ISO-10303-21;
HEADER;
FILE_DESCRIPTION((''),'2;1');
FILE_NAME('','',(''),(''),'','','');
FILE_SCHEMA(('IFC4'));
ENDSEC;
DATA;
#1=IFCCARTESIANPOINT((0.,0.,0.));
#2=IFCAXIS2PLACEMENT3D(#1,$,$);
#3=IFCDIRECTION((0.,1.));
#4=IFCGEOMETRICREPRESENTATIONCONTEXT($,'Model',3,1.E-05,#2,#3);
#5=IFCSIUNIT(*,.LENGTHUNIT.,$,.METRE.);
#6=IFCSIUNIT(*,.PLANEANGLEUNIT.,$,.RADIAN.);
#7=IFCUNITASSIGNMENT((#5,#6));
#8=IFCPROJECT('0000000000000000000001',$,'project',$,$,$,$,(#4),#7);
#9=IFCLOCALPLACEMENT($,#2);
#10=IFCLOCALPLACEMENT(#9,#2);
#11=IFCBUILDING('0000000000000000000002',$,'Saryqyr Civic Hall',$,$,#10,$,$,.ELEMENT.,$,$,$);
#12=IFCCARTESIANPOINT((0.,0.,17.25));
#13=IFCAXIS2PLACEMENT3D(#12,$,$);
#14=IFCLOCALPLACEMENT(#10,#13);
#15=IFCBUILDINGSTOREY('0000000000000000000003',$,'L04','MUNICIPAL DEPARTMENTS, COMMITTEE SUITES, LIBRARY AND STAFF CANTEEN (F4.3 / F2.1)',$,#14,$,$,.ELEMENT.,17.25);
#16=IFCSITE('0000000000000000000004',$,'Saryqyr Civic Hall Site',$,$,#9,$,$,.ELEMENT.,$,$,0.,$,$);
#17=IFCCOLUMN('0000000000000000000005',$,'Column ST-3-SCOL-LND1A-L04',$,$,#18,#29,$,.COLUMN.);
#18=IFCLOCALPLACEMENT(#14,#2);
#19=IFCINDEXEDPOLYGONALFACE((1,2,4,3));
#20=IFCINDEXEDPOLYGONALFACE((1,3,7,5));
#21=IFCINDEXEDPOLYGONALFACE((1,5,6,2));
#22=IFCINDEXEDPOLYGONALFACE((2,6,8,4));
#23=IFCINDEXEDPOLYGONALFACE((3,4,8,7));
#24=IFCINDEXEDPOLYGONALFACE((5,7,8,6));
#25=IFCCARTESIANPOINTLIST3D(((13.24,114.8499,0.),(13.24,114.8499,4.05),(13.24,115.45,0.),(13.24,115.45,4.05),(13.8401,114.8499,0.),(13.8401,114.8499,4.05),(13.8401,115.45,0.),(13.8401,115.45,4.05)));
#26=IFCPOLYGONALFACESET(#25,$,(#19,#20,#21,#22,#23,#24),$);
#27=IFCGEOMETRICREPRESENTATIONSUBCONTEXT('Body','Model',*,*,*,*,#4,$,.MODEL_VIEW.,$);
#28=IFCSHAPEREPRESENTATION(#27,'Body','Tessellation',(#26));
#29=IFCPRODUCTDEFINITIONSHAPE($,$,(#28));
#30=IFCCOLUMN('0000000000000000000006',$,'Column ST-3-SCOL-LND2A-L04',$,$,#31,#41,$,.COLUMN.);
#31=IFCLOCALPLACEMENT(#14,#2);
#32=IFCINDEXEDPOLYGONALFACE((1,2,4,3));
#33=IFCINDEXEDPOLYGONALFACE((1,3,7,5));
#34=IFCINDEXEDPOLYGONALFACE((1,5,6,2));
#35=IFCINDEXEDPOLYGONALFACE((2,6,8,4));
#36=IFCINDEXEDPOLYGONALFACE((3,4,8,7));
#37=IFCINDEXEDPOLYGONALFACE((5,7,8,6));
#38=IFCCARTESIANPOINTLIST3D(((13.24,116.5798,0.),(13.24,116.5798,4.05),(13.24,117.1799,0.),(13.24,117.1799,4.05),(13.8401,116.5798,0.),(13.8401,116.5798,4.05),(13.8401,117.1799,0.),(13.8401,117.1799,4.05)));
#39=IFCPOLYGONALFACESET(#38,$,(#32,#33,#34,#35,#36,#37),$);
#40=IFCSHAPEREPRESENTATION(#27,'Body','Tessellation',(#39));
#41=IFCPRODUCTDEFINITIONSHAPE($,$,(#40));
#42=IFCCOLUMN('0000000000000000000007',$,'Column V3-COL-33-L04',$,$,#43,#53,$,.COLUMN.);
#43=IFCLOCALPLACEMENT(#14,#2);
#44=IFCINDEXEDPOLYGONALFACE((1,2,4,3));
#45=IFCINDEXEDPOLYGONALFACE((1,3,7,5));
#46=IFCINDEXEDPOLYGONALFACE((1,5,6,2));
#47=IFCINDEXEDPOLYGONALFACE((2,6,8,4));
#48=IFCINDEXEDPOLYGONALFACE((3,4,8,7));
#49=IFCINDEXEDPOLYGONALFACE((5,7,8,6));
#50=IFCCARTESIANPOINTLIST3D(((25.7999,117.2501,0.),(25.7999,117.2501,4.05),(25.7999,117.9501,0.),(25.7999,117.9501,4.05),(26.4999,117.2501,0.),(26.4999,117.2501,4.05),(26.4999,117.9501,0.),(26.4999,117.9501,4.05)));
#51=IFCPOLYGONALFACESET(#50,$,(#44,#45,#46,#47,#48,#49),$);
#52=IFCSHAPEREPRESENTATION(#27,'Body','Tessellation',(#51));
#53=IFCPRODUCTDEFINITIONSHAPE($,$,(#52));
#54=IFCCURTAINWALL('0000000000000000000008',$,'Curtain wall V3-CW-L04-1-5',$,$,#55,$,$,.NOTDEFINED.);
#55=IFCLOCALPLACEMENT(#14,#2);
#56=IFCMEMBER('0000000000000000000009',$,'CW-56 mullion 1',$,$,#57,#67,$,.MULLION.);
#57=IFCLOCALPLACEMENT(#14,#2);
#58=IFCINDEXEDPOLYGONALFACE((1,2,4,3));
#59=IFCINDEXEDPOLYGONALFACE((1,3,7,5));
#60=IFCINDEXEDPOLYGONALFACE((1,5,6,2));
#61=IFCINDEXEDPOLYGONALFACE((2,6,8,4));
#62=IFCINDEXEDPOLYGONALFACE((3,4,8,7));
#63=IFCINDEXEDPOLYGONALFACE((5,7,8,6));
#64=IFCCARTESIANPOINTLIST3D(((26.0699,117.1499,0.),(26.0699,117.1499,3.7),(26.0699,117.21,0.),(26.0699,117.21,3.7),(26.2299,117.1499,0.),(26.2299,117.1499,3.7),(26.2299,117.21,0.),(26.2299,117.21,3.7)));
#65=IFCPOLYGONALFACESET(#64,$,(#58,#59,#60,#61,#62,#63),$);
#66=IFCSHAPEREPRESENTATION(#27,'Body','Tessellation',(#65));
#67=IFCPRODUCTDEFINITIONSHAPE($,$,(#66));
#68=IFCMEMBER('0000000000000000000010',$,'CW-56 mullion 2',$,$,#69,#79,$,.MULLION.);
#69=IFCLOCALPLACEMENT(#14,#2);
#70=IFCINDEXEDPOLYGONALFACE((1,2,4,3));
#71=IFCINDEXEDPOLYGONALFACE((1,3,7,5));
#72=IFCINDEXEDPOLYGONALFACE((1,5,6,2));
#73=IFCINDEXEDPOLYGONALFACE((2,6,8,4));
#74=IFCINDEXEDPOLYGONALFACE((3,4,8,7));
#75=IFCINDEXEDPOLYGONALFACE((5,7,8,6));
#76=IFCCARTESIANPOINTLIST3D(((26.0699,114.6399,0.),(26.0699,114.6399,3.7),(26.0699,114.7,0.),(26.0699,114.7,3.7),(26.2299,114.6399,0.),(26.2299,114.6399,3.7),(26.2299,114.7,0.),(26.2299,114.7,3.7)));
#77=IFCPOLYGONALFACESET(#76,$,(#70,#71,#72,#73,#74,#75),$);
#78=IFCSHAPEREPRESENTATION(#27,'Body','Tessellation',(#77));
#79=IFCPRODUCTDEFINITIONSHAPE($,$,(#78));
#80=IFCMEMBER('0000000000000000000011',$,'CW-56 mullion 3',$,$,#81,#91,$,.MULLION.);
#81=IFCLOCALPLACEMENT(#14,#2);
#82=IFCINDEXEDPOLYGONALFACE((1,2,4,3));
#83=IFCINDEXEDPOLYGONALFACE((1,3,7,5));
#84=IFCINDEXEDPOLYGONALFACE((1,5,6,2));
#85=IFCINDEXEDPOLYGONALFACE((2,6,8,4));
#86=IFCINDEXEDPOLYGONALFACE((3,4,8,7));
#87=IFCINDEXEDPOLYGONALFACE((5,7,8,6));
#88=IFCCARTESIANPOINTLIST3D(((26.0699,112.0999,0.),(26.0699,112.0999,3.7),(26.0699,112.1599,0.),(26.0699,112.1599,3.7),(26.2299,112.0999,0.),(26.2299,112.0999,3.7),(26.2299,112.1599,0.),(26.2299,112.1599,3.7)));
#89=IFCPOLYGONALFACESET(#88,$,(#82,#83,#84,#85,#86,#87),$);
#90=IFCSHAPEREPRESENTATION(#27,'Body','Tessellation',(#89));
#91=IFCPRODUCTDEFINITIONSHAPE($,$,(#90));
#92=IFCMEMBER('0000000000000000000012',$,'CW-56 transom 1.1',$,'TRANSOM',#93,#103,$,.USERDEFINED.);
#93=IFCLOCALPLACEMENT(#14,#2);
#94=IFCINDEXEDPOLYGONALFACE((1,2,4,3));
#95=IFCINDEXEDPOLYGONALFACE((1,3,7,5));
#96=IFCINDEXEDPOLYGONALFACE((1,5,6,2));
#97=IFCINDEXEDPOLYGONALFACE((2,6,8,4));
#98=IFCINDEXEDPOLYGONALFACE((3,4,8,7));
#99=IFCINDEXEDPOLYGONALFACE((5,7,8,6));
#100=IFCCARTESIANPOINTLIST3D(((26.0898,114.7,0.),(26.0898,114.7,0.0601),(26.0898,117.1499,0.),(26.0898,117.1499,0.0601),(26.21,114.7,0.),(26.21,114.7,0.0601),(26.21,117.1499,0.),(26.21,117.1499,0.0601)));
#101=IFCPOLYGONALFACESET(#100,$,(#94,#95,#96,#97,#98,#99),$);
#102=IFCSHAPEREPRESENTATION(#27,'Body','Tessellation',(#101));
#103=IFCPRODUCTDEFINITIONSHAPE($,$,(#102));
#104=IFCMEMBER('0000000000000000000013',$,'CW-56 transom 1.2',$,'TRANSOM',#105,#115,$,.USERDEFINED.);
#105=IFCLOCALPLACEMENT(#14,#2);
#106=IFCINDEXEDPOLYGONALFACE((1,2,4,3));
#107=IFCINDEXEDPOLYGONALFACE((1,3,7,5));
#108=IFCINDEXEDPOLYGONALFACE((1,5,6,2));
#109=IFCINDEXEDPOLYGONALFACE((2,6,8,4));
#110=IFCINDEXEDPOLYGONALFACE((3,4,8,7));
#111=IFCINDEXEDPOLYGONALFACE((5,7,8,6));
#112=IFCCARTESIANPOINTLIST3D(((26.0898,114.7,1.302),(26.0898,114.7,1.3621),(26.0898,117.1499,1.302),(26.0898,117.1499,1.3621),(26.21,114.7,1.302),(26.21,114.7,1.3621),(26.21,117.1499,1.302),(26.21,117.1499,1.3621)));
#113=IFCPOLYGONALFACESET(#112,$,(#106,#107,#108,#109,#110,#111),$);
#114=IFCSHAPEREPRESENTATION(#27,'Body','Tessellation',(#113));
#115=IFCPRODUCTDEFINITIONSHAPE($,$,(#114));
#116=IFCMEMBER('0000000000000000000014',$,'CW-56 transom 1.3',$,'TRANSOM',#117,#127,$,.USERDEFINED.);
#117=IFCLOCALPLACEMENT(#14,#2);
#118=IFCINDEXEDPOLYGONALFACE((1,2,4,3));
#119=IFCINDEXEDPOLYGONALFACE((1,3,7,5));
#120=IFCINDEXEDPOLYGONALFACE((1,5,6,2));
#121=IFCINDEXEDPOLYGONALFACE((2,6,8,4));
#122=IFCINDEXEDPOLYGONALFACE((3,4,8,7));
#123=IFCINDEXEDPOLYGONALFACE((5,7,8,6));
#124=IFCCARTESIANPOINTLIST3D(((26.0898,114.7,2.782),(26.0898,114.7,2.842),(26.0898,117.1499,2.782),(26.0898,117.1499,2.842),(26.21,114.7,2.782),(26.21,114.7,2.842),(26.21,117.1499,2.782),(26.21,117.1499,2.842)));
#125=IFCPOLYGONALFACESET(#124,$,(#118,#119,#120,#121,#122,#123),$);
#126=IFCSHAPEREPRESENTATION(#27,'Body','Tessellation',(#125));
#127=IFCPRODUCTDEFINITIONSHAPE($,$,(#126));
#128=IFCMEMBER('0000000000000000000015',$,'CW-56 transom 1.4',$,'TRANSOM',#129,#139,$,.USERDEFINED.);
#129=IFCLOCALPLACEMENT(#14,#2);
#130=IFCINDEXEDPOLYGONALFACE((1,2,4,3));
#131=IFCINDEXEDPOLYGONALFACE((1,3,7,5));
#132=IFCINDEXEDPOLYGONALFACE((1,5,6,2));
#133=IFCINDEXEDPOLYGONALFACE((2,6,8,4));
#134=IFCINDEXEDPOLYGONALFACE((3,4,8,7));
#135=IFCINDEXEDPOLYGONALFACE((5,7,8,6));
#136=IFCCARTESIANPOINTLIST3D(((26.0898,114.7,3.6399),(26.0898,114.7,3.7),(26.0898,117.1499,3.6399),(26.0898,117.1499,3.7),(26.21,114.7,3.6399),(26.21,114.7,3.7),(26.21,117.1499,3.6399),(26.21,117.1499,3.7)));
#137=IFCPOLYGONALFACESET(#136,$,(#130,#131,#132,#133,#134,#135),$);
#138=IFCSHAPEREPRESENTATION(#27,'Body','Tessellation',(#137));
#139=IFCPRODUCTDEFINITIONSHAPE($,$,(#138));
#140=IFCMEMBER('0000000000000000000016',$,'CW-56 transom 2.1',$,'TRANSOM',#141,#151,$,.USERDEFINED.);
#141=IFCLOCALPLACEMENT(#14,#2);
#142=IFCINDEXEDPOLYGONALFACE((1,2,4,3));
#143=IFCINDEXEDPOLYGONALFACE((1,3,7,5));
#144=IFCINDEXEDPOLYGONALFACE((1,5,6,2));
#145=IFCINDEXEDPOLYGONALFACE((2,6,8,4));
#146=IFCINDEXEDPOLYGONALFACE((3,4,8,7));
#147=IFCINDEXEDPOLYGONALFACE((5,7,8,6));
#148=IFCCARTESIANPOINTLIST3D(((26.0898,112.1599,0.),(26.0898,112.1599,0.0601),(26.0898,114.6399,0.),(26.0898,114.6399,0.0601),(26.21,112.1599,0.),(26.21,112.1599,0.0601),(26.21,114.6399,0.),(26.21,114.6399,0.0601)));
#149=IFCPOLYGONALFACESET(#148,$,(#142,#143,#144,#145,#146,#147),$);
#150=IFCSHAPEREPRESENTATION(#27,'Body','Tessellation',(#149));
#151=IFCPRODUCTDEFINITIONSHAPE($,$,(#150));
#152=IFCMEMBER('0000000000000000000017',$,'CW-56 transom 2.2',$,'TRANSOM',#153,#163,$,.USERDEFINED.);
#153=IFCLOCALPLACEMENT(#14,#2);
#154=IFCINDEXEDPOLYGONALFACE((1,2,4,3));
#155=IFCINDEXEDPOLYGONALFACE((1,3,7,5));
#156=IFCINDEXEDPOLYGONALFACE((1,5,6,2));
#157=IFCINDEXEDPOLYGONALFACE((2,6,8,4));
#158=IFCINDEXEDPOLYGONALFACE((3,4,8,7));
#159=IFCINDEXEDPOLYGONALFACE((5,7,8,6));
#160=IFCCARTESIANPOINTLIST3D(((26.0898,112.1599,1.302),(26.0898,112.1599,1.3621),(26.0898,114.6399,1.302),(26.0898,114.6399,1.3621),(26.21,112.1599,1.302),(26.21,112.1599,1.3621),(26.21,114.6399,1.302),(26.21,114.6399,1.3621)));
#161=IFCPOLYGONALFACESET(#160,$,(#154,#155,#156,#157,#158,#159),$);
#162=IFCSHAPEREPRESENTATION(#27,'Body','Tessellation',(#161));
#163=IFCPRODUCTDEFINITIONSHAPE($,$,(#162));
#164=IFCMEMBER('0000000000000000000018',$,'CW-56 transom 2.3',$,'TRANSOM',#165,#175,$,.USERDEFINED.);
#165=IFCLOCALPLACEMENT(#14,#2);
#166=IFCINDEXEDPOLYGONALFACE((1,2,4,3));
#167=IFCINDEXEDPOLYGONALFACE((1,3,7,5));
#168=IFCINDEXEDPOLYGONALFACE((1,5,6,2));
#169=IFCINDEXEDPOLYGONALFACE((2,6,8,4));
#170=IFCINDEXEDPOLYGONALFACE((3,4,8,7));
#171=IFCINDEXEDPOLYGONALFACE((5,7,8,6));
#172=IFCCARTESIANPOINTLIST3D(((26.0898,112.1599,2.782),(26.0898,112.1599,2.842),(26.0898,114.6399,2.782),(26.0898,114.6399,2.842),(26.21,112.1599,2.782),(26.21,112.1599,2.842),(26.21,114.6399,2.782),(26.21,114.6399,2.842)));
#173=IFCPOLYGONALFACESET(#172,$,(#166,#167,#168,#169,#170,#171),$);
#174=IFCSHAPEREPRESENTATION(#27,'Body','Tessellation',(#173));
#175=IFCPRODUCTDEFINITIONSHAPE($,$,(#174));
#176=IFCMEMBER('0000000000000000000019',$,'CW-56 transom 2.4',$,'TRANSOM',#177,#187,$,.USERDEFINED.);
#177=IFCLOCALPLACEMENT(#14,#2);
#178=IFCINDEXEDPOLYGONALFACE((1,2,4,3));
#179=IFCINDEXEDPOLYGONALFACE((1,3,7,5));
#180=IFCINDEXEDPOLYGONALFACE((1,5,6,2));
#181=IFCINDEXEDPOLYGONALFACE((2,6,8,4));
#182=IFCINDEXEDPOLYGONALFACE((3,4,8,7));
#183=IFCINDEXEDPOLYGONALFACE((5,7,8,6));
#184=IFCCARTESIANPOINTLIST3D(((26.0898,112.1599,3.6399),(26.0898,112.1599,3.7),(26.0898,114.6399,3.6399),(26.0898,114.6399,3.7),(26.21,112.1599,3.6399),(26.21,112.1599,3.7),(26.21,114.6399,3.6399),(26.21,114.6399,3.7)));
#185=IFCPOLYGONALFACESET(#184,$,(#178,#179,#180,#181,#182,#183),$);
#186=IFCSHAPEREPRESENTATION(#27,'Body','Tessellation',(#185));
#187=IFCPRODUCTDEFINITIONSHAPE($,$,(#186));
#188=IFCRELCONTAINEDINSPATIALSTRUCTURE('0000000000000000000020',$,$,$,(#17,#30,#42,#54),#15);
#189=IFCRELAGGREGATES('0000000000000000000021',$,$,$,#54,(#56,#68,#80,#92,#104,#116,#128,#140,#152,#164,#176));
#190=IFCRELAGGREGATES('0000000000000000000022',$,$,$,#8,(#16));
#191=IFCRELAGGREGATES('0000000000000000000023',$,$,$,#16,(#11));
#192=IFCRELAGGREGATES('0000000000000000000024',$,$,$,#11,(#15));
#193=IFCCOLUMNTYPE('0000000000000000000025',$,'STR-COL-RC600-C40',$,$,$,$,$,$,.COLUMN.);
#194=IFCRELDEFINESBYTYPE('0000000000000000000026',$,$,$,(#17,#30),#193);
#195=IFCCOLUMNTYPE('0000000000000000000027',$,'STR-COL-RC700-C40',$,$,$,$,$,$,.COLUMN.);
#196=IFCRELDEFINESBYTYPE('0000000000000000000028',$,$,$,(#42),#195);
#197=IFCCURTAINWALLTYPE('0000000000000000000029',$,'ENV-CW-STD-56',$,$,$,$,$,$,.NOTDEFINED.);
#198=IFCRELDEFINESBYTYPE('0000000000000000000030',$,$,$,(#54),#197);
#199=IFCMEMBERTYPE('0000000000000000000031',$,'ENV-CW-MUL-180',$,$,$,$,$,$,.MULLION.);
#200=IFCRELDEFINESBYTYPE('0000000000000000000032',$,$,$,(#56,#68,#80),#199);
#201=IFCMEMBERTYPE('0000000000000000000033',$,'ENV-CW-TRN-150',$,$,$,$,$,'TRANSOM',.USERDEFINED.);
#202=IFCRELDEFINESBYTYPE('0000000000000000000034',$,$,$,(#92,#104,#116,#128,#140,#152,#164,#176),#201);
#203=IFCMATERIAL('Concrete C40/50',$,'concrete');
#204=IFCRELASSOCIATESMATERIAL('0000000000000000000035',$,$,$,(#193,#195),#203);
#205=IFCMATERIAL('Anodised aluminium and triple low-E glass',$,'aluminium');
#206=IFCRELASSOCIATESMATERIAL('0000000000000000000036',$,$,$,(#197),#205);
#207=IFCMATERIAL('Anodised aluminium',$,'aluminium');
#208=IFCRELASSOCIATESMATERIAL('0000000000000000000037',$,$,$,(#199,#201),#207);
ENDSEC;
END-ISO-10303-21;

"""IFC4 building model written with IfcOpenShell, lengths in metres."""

from ifc_helpers import new_model, si_unit, direction, frame, origin, origin_2d, place, context, subcontext, project, spatial, rectangle, extrude, material, material_profile, profile_set, type_object, element, aggregate, save


model = new_model("IFC4")

# Units and contexts
model_context = context("Model", 3, precision=1e-05, world=origin(), true_north=direction((0.0, 1.0)))
body_context = subcontext(model_context, "Body", "Model", "MODEL_VIEW")
ifc_project = project(units=[si_unit("LENGTHUNIT", "METRE"), si_unit("PLANEANGLEUNIT", "RADIAN")], contexts=[model_context])

# Site, building, storey
site_placement = place(None, origin())
site = spatial("IfcSite", under=ifc_project, at=site_placement, Name="Saryqyr Civic Hall Site", CompositionType="ELEMENT", RefElevation=0.0)
building_placement = place(site_placement, origin())
building = spatial("IfcBuilding", under=site, at=building_placement, Name="Saryqyr Civic Hall", CompositionType="ELEMENT")
storey_placement = place(building_placement, frame((0.0, 0.0, 17.25)))
storey = spatial("IfcBuildingStorey", under=building, at=storey_placement, Name="L04", Description="MUNICIPAL DEPARTMENTS, COMMITTEE SUITES, LIBRARY AND STAFF CANTEEN (F4.3 / F2.1)", CompositionType="ELEMENT", Elevation=17.25)

# Columns
ifc_material_1 = material(Name="Concrete C40/50", Category="concrete")
ifc_material_profile_1 = material_profile(ifc_material_1, rectangle(XDim=0.6001, YDim=0.6001, at=origin_2d()), Name="RC 600x600")
ifc_profile_set_1 = profile_set([ifc_material_profile_1], Name="Concrete C40/50")
column_type_1 = type_object("IfcColumnType", Name="STR-COL-RC600-C40", PredefinedType="COLUMN", material=ifc_profile_set_1)
for number, where, z_axis, x_axis, name in (
    (1, (13.54, 115.1499, 0.0), (0.0, 0.0, 1.0), (1.0, 0.0, 0.0), "Column ST-3-SCOL-LND1A-L04"),
    (2, (13.54, 116.8799, 0.0), (0.0, 0.0, 1.0), (1.0, 0.0, 0.0), "Column ST-3-SCOL-LND2A-L04"),
):
    element("IfcColumn", number, at=place(storey_placement, frame(where, z_axis=z_axis, x_axis=x_axis)), inside=storey, type_object=column_type_1, Name=name, PredefinedType="COLUMN", context=body_context, shape_type="SweptSolid", body=[
        extrude(rectangle(XDim=0.6001, YDim=0.6001, at=origin_2d()), origin(), (0.0, 0.0, 1.0), 4.05),
    ])
ifc_material_profile_2 = material_profile(ifc_material_1, rectangle(XDim=0.7, YDim=0.7, at=origin_2d()), Name="RC 700x700")
ifc_profile_set_2 = profile_set([ifc_material_profile_2], Name="Concrete C40/50")
column_type_2 = type_object("IfcColumnType", Name="STR-COL-RC700-C40", PredefinedType="COLUMN", material=ifc_profile_set_2)
column_placement = place(storey_placement, frame((26.1499, 117.6001, 0.0), z_axis=(0.0, 0.0, 1.0), x_axis=(1.0, 0.0, 0.0)))
element("IfcColumn", 3, at=column_placement, inside=storey, type_object=column_type_2, Name="Column V3-COL-33-L04", PredefinedType="COLUMN", context=body_context, shape_type="SweptSolid", body=[
    extrude(rectangle(XDim=0.7, YDim=0.7, at=origin_2d()), origin(), (0.0, 0.0, 1.0), 4.05),
])

# Curtain wall, members
ifc_material_2 = material(Name="Anodised aluminium and triple low-E glass", Category="aluminium")
curtain_wall_type = type_object("IfcCurtainWallType", Name="ENV-CW-STD-56", PredefinedType="NOTDEFINED", material=ifc_material_2)
curtain_wall_placement = place(storey_placement, origin())
curtain_wall = element("IfcCurtainWall", 4, at=curtain_wall_placement, inside=storey, type_object=curtain_wall_type, Name="Curtain wall V3-CW-L04-1-5", PredefinedType="NOTDEFINED")
ifc_material_3 = material(Name="Anodised aluminium", Category="aluminium")
ifc_material_profile_3 = material_profile(ifc_material_3, rectangle(XDim=0.0601, YDim=0.1599, at=origin_2d()), Name="ALU MULLION 60x160")
ifc_profile_set_3 = profile_set([ifc_material_profile_3], Name="Anodised aluminium")
member_type_1 = type_object("IfcMemberType", Name="ENV-CW-MUL-180", PredefinedType="MULLION", material=ifc_profile_set_3)
member_1_placement = place(storey_placement, frame((26.1499, 117.1799, 0.0), z_axis=(0.0, 0.0, 1.0), x_axis=(0.0, -1.0, 0.0)))
member_1 = element("IfcMember", 5, at=member_1_placement, type_object=member_type_1, Name="CW-56 mullion 1", PredefinedType="MULLION", context=body_context, shape_type="SweptSolid", body=[
    extrude(rectangle(XDim=0.0601, YDim=0.1599, at=origin_2d()), origin(), (0.0, 0.0, 1.0), 3.7),
])
member_2_placement = place(storey_placement, frame((26.1499, 114.6699, 0.0), z_axis=(0.0, 0.0, 1.0), x_axis=(0.0, -1.0, 0.0)))
member_2 = element("IfcMember", 6, at=member_2_placement, type_object=member_type_1, Name="CW-56 mullion 2", PredefinedType="MULLION", context=body_context, shape_type="SweptSolid", body=[
    extrude(rectangle(XDim=0.0601, YDim=0.1599, at=origin_2d()), origin(), (0.0, 0.0, 1.0), 3.7),
])
member_3_placement = place(storey_placement, frame((26.1499, 112.1299, 0.0), z_axis=(0.0, 0.0, 1.0), x_axis=(0.0, -1.0, 0.0)))
member_3 = element("IfcMember", 7, at=member_3_placement, type_object=member_type_1, Name="CW-56 mullion 3", PredefinedType="MULLION", context=body_context, shape_type="SweptSolid", body=[
    extrude(rectangle(XDim=0.0601, YDim=0.1599, at=origin_2d()), origin(), (0.0, 0.0, 1.0), 3.7),
])
ifc_material_profile_4 = material_profile(ifc_material_3, rectangle(XDim=0.1201, YDim=0.0601, at=origin_2d()), Name="ALU TRANSOM 120x60")
ifc_profile_set_4 = profile_set([ifc_material_profile_4], Name="Anodised aluminium")
member_type_2 = type_object("IfcMemberType", Name="ENV-CW-TRN-150", ElementType="TRANSOM", PredefinedType="USERDEFINED", material=ifc_profile_set_4)
member_4_placement = place(storey_placement, frame((26.1499, 117.1499, 0.03), z_axis=(0.0, -1.0, 0.0), x_axis=(1.0, 0.0, 0.0)))
member_4 = element("IfcMember", 8, at=member_4_placement, type_object=member_type_2, Name="CW-56 transom 1.1", ObjectType="TRANSOM", PredefinedType="USERDEFINED", context=body_context, shape_type="SweptSolid", body=[
    extrude(rectangle(XDim=0.1201, YDim=0.0601, at=origin_2d()), origin(), (0.0, 0.0, 1.0), 2.45),
])
member_5_placement = place(storey_placement, frame((26.1499, 117.1499, 1.332), z_axis=(0.0, -1.0, 0.0), x_axis=(1.0, 0.0, 0.0)))
member_5 = element("IfcMember", 9, at=member_5_placement, type_object=member_type_2, Name="CW-56 transom 1.2", ObjectType="TRANSOM", PredefinedType="USERDEFINED", context=body_context, shape_type="SweptSolid", body=[
    extrude(rectangle(XDim=0.1201, YDim=0.0601, at=origin_2d()), origin(), (0.0, 0.0, 1.0), 2.45),
])
member_6_placement = place(storey_placement, frame((26.1499, 117.1499, 2.812), z_axis=(0.0, -1.0, 0.0), x_axis=(1.0, 0.0, 0.0)))
member_6 = element("IfcMember", 10, at=member_6_placement, type_object=member_type_2, Name="CW-56 transom 1.3", ObjectType="TRANSOM", PredefinedType="USERDEFINED", context=body_context, shape_type="SweptSolid", body=[
    extrude(rectangle(XDim=0.1201, YDim=0.0601, at=origin_2d()), origin(), (0.0, 0.0, 1.0), 2.45),
])
member_7_placement = place(storey_placement, frame((26.1499, 117.1499, 3.6699), z_axis=(0.0, -1.0, 0.0), x_axis=(1.0, 0.0, 0.0)))
member_7 = element("IfcMember", 11, at=member_7_placement, type_object=member_type_2, Name="CW-56 transom 1.4", ObjectType="TRANSOM", PredefinedType="USERDEFINED", context=body_context, shape_type="SweptSolid", body=[
    extrude(rectangle(XDim=0.1201, YDim=0.0601, at=origin_2d()), origin(), (0.0, 0.0, 1.0), 2.45),
])
member_8_placement = place(storey_placement, frame((26.1499, 114.6399, 0.03), z_axis=(0.0, -1.0, 0.0), x_axis=(1.0, 0.0, 0.0)))
member_8 = element("IfcMember", 12, at=member_8_placement, type_object=member_type_2, Name="CW-56 transom 2.1", ObjectType="TRANSOM", PredefinedType="USERDEFINED", context=body_context, shape_type="SweptSolid", body=[
    extrude(rectangle(XDim=0.1201, YDim=0.0601, at=origin_2d()), origin(), (0.0, 0.0, 1.0), 2.48),
])
member_9_placement = place(storey_placement, frame((26.1499, 114.6399, 1.332), z_axis=(0.0, -1.0, 0.0), x_axis=(1.0, 0.0, 0.0)))
member_9 = element("IfcMember", 13, at=member_9_placement, type_object=member_type_2, Name="CW-56 transom 2.2", ObjectType="TRANSOM", PredefinedType="USERDEFINED", context=body_context, shape_type="SweptSolid", body=[
    extrude(rectangle(XDim=0.1201, YDim=0.0601, at=origin_2d()), origin(), (0.0, 0.0, 1.0), 2.48),
])
member_10_placement = place(storey_placement, frame((26.1499, 114.6399, 2.812), z_axis=(0.0, -1.0, 0.0), x_axis=(1.0, 0.0, 0.0)))
member_10 = element("IfcMember", 14, at=member_10_placement, type_object=member_type_2, Name="CW-56 transom 2.3", ObjectType="TRANSOM", PredefinedType="USERDEFINED", context=body_context, shape_type="SweptSolid", body=[
    extrude(rectangle(XDim=0.1201, YDim=0.0601, at=origin_2d()), origin(), (0.0, 0.0, 1.0), 2.48),
])
member_11_placement = place(storey_placement, frame((26.1499, 114.6399, 3.6699), z_axis=(0.0, -1.0, 0.0), x_axis=(1.0, 0.0, 0.0)))
member_11 = element("IfcMember", 15, at=member_11_placement, type_object=member_type_2, Name="CW-56 transom 2.4", ObjectType="TRANSOM", PredefinedType="USERDEFINED", context=body_context, shape_type="SweptSolid", body=[
    extrude(rectangle(XDim=0.1201, YDim=0.0601, at=origin_2d()), origin(), (0.0, 0.0, 1.0), 2.48),
])

aggregate(curtain_wall, [member_1, member_2, member_3, member_4, member_5, member_6, member_7, member_8, member_9, member_10, member_11])

save(model, "model.ifc")
